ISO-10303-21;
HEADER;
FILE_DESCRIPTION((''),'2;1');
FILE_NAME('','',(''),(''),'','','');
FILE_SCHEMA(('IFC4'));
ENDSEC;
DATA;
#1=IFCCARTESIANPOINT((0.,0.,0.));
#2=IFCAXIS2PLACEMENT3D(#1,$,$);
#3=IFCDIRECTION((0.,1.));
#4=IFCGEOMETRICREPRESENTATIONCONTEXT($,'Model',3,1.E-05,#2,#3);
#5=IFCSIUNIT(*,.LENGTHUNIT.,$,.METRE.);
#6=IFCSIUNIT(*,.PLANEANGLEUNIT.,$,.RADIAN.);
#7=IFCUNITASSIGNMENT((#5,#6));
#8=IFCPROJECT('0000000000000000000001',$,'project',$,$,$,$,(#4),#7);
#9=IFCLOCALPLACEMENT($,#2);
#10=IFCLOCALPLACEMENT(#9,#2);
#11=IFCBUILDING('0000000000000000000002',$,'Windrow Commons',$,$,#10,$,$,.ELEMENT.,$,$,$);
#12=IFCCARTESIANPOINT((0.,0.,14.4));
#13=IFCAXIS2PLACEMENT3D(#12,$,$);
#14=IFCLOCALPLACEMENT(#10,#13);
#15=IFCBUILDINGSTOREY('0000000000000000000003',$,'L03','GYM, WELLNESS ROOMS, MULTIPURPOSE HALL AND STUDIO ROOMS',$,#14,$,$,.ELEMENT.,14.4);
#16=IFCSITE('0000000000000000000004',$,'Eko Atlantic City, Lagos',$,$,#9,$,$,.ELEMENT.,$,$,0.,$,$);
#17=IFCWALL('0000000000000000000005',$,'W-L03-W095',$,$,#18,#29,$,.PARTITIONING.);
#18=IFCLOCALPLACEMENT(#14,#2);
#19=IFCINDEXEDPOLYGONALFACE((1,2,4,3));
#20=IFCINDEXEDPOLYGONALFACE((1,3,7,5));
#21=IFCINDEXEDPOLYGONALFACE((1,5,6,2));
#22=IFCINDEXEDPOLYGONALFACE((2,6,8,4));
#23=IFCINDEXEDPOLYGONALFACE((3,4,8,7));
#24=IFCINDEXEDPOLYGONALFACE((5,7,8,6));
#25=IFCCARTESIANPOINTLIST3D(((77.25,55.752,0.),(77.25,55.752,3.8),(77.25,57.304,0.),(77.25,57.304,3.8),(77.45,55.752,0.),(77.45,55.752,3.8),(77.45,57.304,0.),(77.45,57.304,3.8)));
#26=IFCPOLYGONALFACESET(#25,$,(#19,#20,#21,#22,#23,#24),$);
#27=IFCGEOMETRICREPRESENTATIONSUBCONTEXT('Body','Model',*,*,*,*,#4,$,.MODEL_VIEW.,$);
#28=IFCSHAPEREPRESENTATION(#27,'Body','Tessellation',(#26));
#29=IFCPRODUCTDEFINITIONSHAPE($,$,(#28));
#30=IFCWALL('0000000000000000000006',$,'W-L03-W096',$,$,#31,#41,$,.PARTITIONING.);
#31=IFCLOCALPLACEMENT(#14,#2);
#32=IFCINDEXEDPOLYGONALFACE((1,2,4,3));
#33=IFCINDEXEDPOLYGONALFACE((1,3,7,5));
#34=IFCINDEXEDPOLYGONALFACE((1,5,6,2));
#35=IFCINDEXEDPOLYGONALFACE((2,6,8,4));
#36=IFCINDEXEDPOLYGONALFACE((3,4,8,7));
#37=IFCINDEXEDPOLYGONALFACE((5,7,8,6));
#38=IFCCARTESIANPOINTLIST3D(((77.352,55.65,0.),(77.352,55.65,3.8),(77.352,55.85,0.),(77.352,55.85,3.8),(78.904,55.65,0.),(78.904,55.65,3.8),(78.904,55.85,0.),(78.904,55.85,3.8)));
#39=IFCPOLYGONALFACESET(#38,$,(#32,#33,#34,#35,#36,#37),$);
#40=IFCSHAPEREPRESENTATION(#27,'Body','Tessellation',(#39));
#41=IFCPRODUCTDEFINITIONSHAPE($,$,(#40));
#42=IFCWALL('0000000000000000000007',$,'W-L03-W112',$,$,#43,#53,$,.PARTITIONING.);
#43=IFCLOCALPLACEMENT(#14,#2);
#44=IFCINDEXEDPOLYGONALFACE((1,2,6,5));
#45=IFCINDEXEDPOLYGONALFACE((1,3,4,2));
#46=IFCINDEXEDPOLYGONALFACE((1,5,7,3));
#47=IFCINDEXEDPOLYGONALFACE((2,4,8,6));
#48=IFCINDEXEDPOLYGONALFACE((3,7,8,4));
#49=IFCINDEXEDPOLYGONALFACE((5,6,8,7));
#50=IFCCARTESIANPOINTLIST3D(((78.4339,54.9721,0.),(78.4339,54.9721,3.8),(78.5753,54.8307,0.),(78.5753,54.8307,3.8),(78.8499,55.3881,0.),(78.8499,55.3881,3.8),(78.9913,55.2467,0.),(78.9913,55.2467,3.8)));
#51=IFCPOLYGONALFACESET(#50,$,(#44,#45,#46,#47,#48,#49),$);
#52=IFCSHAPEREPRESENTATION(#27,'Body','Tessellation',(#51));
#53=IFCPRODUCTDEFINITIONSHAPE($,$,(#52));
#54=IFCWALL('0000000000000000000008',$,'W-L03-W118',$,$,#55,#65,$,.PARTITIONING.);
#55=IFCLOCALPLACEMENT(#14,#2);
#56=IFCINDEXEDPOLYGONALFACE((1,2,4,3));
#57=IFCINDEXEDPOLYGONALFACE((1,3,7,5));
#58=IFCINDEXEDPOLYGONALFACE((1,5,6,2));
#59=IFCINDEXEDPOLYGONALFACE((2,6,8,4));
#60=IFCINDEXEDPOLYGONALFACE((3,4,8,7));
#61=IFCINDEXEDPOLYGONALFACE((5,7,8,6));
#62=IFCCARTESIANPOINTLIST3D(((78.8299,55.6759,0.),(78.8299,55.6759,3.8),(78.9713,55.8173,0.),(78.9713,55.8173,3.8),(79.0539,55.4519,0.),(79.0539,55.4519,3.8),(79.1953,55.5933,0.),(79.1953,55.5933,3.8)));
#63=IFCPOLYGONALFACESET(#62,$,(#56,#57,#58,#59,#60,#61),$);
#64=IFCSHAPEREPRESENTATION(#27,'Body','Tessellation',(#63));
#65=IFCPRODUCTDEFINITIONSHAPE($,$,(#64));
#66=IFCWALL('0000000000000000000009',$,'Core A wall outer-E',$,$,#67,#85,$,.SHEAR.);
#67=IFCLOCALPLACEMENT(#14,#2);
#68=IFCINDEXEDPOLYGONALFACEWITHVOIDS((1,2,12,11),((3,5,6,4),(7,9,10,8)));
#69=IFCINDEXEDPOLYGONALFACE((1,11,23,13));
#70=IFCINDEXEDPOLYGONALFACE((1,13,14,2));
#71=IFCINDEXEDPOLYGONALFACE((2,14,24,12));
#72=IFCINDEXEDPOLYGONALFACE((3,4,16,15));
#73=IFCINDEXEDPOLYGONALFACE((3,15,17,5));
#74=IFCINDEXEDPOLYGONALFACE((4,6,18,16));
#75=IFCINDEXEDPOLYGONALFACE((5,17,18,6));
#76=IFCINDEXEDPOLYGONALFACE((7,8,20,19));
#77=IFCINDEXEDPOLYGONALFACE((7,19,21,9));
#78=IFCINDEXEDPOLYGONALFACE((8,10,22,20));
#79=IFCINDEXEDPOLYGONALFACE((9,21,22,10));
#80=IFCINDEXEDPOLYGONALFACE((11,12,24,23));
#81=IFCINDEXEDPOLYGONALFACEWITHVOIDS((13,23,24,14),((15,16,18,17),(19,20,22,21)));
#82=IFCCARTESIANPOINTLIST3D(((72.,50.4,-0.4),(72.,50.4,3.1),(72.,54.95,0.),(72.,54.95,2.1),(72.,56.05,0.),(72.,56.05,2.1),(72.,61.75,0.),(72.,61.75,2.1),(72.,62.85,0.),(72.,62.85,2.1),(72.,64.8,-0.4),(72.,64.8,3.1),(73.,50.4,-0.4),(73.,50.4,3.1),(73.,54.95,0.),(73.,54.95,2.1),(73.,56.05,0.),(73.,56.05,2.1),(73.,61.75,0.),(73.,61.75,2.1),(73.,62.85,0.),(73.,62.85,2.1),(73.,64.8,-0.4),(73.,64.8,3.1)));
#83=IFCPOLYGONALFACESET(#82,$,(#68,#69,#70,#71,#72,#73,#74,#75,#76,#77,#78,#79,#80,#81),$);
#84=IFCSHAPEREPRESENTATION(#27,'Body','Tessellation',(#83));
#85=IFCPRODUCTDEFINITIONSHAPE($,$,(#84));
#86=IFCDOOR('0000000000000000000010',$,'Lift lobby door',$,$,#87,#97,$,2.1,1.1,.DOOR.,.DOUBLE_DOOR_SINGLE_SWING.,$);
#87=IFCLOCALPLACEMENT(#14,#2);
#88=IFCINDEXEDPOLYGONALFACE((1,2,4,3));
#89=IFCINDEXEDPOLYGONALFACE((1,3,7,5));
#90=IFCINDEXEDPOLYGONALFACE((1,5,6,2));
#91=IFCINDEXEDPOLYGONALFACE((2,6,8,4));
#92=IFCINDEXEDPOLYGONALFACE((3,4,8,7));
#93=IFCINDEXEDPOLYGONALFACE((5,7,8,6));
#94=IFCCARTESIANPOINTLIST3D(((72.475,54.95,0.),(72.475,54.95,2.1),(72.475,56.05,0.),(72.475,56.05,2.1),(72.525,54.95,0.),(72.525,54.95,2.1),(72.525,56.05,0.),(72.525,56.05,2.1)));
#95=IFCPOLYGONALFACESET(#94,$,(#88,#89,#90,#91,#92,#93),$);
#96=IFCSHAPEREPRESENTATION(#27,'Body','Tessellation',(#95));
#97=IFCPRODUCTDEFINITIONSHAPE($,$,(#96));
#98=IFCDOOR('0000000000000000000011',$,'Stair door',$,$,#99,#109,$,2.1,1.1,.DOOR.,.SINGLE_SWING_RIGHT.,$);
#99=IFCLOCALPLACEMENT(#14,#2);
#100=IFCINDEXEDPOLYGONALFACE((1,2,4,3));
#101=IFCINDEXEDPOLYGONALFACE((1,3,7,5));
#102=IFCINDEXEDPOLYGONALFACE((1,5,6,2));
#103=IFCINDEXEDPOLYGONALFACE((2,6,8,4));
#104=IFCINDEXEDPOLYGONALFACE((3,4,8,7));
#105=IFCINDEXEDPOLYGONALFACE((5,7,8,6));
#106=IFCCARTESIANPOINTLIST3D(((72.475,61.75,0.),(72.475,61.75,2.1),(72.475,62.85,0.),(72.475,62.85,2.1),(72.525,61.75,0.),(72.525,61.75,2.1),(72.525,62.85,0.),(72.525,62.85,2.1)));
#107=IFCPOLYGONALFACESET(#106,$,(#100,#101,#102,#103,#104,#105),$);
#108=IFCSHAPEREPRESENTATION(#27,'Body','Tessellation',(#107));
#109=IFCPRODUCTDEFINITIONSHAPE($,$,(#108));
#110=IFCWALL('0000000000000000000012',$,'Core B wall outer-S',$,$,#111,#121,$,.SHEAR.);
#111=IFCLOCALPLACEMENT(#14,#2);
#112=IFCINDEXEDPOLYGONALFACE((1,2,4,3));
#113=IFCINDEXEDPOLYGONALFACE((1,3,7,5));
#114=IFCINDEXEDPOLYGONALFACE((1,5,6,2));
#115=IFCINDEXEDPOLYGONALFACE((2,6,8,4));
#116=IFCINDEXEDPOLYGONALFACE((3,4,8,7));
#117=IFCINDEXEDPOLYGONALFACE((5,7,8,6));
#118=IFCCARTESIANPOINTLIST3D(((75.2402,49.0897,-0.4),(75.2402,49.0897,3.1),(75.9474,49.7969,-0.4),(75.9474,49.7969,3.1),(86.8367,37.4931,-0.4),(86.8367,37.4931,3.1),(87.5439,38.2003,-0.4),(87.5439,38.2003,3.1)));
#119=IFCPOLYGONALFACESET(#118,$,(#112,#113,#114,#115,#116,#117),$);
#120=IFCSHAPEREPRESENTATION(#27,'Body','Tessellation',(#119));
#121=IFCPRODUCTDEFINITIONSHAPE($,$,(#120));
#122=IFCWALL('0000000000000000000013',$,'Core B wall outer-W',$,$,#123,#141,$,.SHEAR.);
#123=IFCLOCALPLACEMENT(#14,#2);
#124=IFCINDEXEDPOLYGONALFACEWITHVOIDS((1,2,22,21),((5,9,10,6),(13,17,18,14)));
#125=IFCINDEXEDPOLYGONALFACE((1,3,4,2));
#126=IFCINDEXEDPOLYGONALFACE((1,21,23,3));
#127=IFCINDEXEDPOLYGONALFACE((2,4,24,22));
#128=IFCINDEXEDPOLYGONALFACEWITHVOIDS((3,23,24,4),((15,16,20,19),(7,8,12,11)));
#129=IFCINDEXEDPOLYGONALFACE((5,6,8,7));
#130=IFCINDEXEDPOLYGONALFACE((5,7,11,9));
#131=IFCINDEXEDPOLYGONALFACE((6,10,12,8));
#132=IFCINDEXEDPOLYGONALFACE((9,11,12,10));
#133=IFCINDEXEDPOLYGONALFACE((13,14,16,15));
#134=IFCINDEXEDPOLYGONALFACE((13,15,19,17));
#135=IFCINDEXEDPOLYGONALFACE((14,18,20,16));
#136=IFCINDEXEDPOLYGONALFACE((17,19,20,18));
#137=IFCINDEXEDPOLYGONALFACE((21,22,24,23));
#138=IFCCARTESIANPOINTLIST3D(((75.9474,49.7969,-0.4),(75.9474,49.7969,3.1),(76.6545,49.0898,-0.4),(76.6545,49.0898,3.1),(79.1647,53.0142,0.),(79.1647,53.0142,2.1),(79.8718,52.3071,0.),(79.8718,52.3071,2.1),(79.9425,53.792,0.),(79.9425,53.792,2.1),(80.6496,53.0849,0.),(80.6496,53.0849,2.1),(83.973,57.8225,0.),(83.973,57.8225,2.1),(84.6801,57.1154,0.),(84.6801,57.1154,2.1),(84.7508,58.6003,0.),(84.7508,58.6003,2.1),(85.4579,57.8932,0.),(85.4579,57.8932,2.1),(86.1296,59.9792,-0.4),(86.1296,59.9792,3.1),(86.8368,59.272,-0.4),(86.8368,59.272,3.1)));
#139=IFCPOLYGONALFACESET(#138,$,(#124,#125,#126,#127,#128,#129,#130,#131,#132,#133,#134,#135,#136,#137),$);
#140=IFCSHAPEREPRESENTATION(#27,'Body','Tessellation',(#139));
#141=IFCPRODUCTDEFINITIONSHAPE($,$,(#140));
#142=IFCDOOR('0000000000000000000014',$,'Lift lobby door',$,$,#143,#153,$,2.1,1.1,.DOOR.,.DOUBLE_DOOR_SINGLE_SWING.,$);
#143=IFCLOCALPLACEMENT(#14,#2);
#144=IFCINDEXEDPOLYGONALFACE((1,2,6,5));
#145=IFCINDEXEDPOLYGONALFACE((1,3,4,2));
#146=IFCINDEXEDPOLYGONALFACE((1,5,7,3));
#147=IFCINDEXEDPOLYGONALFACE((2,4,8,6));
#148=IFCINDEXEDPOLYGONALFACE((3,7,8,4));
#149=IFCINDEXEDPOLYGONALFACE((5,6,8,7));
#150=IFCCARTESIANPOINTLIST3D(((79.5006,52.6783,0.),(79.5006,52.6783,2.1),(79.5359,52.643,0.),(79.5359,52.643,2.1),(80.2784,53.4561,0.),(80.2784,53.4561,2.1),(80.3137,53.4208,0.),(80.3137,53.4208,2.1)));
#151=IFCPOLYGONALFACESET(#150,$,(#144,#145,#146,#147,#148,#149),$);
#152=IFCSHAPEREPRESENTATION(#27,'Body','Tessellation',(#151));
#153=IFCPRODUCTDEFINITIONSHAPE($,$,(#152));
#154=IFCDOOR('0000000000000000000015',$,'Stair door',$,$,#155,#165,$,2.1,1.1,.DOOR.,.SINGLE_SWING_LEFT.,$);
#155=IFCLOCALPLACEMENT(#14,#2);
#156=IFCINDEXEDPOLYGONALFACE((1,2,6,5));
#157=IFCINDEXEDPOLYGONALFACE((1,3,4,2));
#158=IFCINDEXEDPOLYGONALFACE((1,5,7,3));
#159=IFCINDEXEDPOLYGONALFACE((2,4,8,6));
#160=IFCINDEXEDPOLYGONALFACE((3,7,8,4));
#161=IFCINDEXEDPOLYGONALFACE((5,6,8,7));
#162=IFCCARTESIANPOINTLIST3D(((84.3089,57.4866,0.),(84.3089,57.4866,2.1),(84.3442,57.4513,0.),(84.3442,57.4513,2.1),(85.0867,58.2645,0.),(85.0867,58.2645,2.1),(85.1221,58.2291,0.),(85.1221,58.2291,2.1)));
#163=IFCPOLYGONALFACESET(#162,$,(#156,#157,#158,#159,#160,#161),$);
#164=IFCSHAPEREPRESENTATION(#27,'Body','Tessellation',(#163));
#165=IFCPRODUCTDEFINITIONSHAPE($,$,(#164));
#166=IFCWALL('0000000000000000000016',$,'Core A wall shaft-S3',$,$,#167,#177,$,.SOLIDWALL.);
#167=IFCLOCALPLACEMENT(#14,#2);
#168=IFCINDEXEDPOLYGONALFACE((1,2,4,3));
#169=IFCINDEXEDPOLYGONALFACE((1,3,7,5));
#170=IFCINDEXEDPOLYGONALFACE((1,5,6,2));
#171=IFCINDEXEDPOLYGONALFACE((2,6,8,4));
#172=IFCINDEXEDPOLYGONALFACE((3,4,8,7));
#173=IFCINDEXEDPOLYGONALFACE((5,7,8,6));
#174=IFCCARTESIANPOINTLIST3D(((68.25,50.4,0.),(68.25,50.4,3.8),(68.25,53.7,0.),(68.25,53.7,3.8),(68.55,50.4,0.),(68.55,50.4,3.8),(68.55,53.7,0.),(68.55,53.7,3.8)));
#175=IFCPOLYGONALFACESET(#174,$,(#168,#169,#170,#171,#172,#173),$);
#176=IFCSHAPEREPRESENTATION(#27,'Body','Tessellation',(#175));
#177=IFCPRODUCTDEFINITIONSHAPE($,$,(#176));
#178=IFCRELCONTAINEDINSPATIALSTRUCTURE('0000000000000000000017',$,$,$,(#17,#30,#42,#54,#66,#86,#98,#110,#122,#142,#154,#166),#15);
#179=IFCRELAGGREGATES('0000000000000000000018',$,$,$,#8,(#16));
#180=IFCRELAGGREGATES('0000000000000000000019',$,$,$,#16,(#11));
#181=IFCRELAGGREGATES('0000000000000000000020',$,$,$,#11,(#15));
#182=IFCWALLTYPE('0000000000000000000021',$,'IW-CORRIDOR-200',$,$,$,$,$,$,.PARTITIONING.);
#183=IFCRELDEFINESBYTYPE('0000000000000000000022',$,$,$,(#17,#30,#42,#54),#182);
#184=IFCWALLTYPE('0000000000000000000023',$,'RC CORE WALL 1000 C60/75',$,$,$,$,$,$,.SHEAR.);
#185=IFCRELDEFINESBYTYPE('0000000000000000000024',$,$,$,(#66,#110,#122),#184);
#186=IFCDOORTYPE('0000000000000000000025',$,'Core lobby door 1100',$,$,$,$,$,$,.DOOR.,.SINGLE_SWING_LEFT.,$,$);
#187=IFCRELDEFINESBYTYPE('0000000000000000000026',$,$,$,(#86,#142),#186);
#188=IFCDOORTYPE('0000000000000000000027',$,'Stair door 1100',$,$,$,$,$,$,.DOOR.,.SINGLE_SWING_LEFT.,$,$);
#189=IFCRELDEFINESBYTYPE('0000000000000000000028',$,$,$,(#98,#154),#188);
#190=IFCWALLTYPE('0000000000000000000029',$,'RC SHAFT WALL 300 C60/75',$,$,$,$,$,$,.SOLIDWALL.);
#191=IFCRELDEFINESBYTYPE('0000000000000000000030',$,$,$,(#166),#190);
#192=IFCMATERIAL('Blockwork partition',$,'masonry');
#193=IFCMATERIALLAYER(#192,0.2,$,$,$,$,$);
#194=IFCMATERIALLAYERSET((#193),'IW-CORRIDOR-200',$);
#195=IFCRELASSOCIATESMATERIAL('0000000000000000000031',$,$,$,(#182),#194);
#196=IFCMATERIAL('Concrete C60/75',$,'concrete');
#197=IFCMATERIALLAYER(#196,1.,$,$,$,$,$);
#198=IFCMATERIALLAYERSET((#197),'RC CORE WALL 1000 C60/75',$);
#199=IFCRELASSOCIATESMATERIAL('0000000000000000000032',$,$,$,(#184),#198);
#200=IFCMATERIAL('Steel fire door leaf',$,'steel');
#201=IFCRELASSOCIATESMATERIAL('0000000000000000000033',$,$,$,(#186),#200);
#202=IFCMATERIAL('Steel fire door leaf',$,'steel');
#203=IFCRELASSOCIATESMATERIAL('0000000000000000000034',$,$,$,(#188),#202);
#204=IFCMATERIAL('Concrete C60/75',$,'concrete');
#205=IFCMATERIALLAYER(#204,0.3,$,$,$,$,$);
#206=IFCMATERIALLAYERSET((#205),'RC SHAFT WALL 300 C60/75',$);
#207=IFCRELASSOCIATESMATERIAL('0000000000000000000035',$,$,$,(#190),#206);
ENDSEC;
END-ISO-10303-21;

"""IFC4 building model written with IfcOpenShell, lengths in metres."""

from ifc_helpers import new_model, si_unit, direction, frame, frame_2d, origin, place, context, subcontext, project, spatial, rectangle, extrude, material, layer, layer_set, type_object, element, fill, save


model = new_model("IFC4")

# Units and contexts
model_context = context("Model", 3, precision=1e-05, world=origin(), true_north=direction((0.0, 1.0)))
body_context = subcontext(model_context, "Body", "Model", "MODEL_VIEW")
ifc_project = project(units=[si_unit("LENGTHUNIT", "METRE"), si_unit("PLANEANGLEUNIT", "RADIAN")], contexts=[model_context])

# Site, building, storey
site_placement = place(None, origin())
site = spatial("IfcSite", under=ifc_project, at=site_placement, Name="Eko Atlantic City, Lagos", CompositionType="ELEMENT", RefElevation=0.0)
building_placement = place(site_placement, origin())
building = spatial("IfcBuilding", under=site, at=building_placement, Name="Windrow Commons", CompositionType="ELEMENT")
storey_placement = place(building_placement, frame((0.0, 0.0, 14.4)))
storey = spatial("IfcBuildingStorey", under=building, at=storey_placement, Name="L03", Description="GYM, WELLNESS ROOMS, MULTIPURPOSE HALL AND STUDIO ROOMS", CompositionType="ELEMENT", Elevation=14.4)

# Shared definitions
ifc_material_1 = material(Name="Blockwork partition", Category="masonry")
ifc_layer_1 = layer(ifc_material_1, 0.2)
ifc_layer_set_1 = layer_set([ifc_layer_1], Name="IW-CORRIDOR-200")
wall_type_1 = type_object("IfcWallType", Name="IW-CORRIDOR-200", PredefinedType="PARTITIONING", material=ifc_layer_set_1)

# Walls
for number, where, z_axis, x_axis, name in (
    (1, (77.35, 55.752, 0.0), (0.0, 0.0, 1.0), (0.0, 1.0, 0.0), "W-L03-W095"),
    (2, (77.352, 55.75, 0.0), (0.0, 0.0, 1.0), (1.0, 0.0, 0.0), "W-L03-W096"),
):
    element("IfcWall", number, at=place(storey_placement, frame(where, z_axis=z_axis, x_axis=x_axis)), inside=storey, type_object=wall_type_1, Name=name, PredefinedType="PARTITIONING", context=body_context, shape_type="SweptSolid", body=[
        extrude(rectangle(XDim=1.552, YDim=0.2, at=frame_2d((0.776, 0.0))), origin(), (0.0, 0.0, 1.0), 3.8),
    ])
wall_1_placement = place(storey_placement, frame((78.5046, 54.9014, 0.0), z_axis=(0.0, 0.0, 1.0), x_axis=(0.707107, 0.707107, 0.0)))
element("IfcWall", 3, at=wall_1_placement, inside=storey, type_object=wall_type_1, Name="W-L03-W112", PredefinedType="PARTITIONING", context=body_context, shape_type="SweptSolid", body=[
    extrude(rectangle(XDim=0.5883, YDim=0.2, at=frame_2d((0.2942, 0.0))), origin(), (0.0, 0.0, 1.0), 3.8),
])
wall_2_placement = place(storey_placement, frame((78.9006, 55.7466, 0.0), z_axis=(0.0, 0.0, 1.0), x_axis=(0.707107, -0.707107, 0.0)))
element("IfcWall", 4, at=wall_2_placement, inside=storey, type_object=wall_type_1, Name="W-L03-W118", PredefinedType="PARTITIONING", context=body_context, shape_type="SweptSolid", body=[
    extrude(rectangle(XDim=0.3168, YDim=0.2, at=frame_2d((0.1584, 0.0))), origin(), (0.0, 0.0, 1.0), 3.8),
])

# Wall, openings, doors
ifc_material_2 = material(Name="Concrete C60/75", Category="concrete")
ifc_layer_2 = layer(ifc_material_2, 1.0)
ifc_layer_set_2 = layer_set([ifc_layer_2], Name="RC CORE WALL 1000 C60/75")
wall_type_2 = type_object("IfcWallType", Name="RC CORE WALL 1000 C60/75", PredefinedType="SHEAR", material=ifc_layer_set_2)
wall_3_placement = place(storey_placement, frame((72.5, 50.4, -0.4), z_axis=(0.0, 0.0, 1.0), x_axis=(0.0, 1.0, 0.0)))
wall_3 = element("IfcWall", 5, at=wall_3_placement, inside=storey, type_object=wall_type_2, Name="Core A wall outer-E", PredefinedType="SHEAR", context=body_context, shape_type="SweptSolid", body=[
    extrude(rectangle(XDim=14.4, YDim=1.0, at=frame_2d((7.2, 0.0))), origin(), (0.0, 0.0, 1.0), 3.5),
])
opening_1_placement = place(wall_3_placement, frame((4.55, 0.0, 0.4)))
opening_1 = element("IfcOpeningElement", 6, at=opening_1_placement, cuts=wall_3, PredefinedType="OPENING", context=body_context, shape_type="SweptSolid", body=[
    extrude(rectangle(XDim=1.1, YDim=2.1, at=frame_2d((0.55, 1.05))), frame((0.0, 0.51, 0.0), z_axis=(0.0, -1.0, 0.0), x_axis=(1.0, 0.0, 0.0)), (0.0, 0.0, 1.0), 1.02),
])
opening_2_placement = place(wall_3_placement, frame((11.35, 0.0, 0.4)))
opening_2 = element("IfcOpeningElement", 7, at=opening_2_placement, cuts=wall_3, PredefinedType="OPENING", context=body_context, shape_type="SweptSolid", body=[
    extrude(rectangle(XDim=1.1, YDim=2.1, at=frame_2d((0.55, 1.05))), frame((0.0, 0.51, 0.0), z_axis=(0.0, -1.0, 0.0), x_axis=(1.0, 0.0, 0.0)), (0.0, 0.0, 1.0), 1.02),
])
ifc_material_3 = material(Name="Steel fire door leaf", Category="steel")
door_type_1 = type_object("IfcDoorType", Name="Core lobby door 1100", OperationType="SINGLE_SWING_LEFT", PredefinedType="DOOR", material=ifc_material_3)
door_1_placement = place(opening_1_placement, origin())
door_1 = element("IfcDoor", 8, at=door_1_placement, inside=storey, type_object=door_type_1, Name="Lift lobby door", OperationType="DOUBLE_DOOR_SINGLE_SWING", OverallHeight=2.1, OverallWidth=1.1, PredefinedType="DOOR", context=body_context, shape_type="SweptSolid", body=[
    extrude(rectangle(XDim=1.1, YDim=2.1, at=frame_2d((0.55, 1.05))), frame((0.0, 0.025, 0.0), z_axis=(0.0, -1.0, 0.0), x_axis=(1.0, 0.0, 0.0)), (0.0, 0.0, 1.0), 0.05),
])
fill(opening_1, door_1)
ifc_material_4 = material(Name="Steel fire door leaf", Category="steel")
door_type_2 = type_object("IfcDoorType", Name="Stair door 1100", OperationType="SINGLE_SWING_LEFT", PredefinedType="DOOR", material=ifc_material_4)
door_2_placement = place(opening_2_placement, origin())
door_2 = element("IfcDoor", 9, at=door_2_placement, inside=storey, type_object=door_type_2, Name="Stair door", OperationType="SINGLE_SWING_RIGHT", OverallHeight=2.1, OverallWidth=1.1, PredefinedType="DOOR", context=body_context, shape_type="SweptSolid", body=[
    extrude(rectangle(XDim=1.1, YDim=2.1, at=frame_2d((0.55, 1.05))), frame((0.0, 0.025, 0.0), z_axis=(0.0, -1.0, 0.0), x_axis=(1.0, 0.0, 0.0)), (0.0, 0.0, 1.0), 0.05),
])
fill(opening_2, door_2)

# Wall
wall_4_placement = place(storey_placement, frame((75.5938, 49.4433, -0.4), z_axis=(0.0, 0.0, 1.0), x_axis=(0.707104, -0.70711, 0.0)))
element("IfcWall", 10, at=wall_4_placement, inside=storey, type_object=wall_type_2, Name="Core B wall outer-S", PredefinedType="SHEAR", context=body_context, shape_type="SweptSolid", body=[
    extrude(rectangle(XDim=16.4, YDim=1.0, at=frame_2d((8.2, 0.0))), origin(), (0.0, 0.0, 1.0), 3.5),
])

# Wall, openings, doors
wall_5_placement = place(storey_placement, frame((76.3009, 49.4433, -0.4), z_axis=(0.0, 0.0, 1.0), x_axis=(0.707107, 0.707107, 0.0)))
wall_5 = element("IfcWall", 11, at=wall_5_placement, inside=storey, type_object=wall_type_2, Name="Core B wall outer-W", PredefinedType="SHEAR", context=body_context, shape_type="SweptSolid", body=[
    extrude(rectangle(XDim=14.3999, YDim=1.0, at=frame_2d((7.2, 0.0))), origin(), (0.0, 0.0, 1.0), 3.5),
])
opening_3_placement = place(wall_5_placement, frame((4.55, 0.0, 0.4)))
opening_3 = element("IfcOpeningElement", 12, at=opening_3_placement, cuts=wall_5, PredefinedType="OPENING", context=body_context, shape_type="SweptSolid", body=[
    extrude(rectangle(XDim=1.1, YDim=2.1, at=frame_2d((0.55, 1.05))), frame((0.0, 0.51, 0.0), z_axis=(0.0, -1.0, 0.0), x_axis=(1.0, 0.0, 0.0)), (0.0, 0.0, 1.0), 1.02),
])
opening_4_placement = place(wall_5_placement, frame((11.35, 0.0, 0.4)))
opening_4 = element("IfcOpeningElement", 13, at=opening_4_placement, cuts=wall_5, PredefinedType="OPENING", context=body_context, shape_type="SweptSolid", body=[
    extrude(rectangle(XDim=1.1, YDim=2.1, at=frame_2d((0.55, 1.05))), frame((0.0, 0.51, 0.0), z_axis=(0.0, -1.0, 0.0), x_axis=(1.0, 0.0, 0.0)), (0.0, 0.0, 1.0), 1.02),
])
door_3_placement = place(opening_3_placement, origin())
door_3 = element("IfcDoor", 14, at=door_3_placement, inside=storey, type_object=door_type_1, Name="Lift lobby door", OperationType="DOUBLE_DOOR_SINGLE_SWING", OverallHeight=2.1, OverallWidth=1.1, PredefinedType="DOOR", context=body_context, shape_type="SweptSolid", body=[
    extrude(rectangle(XDim=1.1, YDim=2.1, at=frame_2d((0.55, 1.05))), frame((0.0, 0.025, 0.0), z_axis=(0.0, -1.0, 0.0), x_axis=(1.0, 0.0, 0.0)), (0.0, 0.0, 1.0), 0.05),
])
fill(opening_3, door_3)
door_4_placement = place(opening_4_placement, origin())
door_4 = element("IfcDoor", 15, at=door_4_placement, inside=storey, type_object=door_type_2, Name="Stair door", OperationType="SINGLE_SWING_LEFT", OverallHeight=2.1, OverallWidth=1.1, PredefinedType="DOOR", context=body_context, shape_type="SweptSolid", body=[
    extrude(rectangle(XDim=1.1, YDim=2.1, at=frame_2d((0.55, 1.05))), frame((0.0, 0.025, 0.0), z_axis=(0.0, -1.0, 0.0), x_axis=(1.0, 0.0, 0.0)), (0.0, 0.0, 1.0), 0.05),
])
fill(opening_4, door_4)

# Wall
ifc_material_5 = material(Name="Concrete C60/75", Category="concrete")
ifc_layer_3 = layer(ifc_material_5, 0.3)
ifc_layer_set_3 = layer_set([ifc_layer_3], Name="RC SHAFT WALL 300 C60/75")
wall_type_3 = type_object("IfcWallType", Name="RC SHAFT WALL 300 C60/75", PredefinedType="SOLIDWALL", material=ifc_layer_set_3)
for number, where, z_axis, x_axis, name in (
    (16, (68.4, 50.4, 0.0), (0.0, 0.0, 1.0), (0.0, 1.0, 0.0), "Core A wall shaft-S3"),
):
    element("IfcWall", number, at=place(storey_placement, frame(where, z_axis=z_axis, x_axis=x_axis)), inside=storey, type_object=wall_type_3, Name=name, PredefinedType="SOLIDWALL", context=body_context, shape_type="SweptSolid", body=[
        extrude(rectangle(XDim=3.3, YDim=0.3, at=frame_2d((1.65, 0.0))), origin(), (0.0, 0.0, 1.0), 3.8),
    ])

save(model, "model.ifc")
